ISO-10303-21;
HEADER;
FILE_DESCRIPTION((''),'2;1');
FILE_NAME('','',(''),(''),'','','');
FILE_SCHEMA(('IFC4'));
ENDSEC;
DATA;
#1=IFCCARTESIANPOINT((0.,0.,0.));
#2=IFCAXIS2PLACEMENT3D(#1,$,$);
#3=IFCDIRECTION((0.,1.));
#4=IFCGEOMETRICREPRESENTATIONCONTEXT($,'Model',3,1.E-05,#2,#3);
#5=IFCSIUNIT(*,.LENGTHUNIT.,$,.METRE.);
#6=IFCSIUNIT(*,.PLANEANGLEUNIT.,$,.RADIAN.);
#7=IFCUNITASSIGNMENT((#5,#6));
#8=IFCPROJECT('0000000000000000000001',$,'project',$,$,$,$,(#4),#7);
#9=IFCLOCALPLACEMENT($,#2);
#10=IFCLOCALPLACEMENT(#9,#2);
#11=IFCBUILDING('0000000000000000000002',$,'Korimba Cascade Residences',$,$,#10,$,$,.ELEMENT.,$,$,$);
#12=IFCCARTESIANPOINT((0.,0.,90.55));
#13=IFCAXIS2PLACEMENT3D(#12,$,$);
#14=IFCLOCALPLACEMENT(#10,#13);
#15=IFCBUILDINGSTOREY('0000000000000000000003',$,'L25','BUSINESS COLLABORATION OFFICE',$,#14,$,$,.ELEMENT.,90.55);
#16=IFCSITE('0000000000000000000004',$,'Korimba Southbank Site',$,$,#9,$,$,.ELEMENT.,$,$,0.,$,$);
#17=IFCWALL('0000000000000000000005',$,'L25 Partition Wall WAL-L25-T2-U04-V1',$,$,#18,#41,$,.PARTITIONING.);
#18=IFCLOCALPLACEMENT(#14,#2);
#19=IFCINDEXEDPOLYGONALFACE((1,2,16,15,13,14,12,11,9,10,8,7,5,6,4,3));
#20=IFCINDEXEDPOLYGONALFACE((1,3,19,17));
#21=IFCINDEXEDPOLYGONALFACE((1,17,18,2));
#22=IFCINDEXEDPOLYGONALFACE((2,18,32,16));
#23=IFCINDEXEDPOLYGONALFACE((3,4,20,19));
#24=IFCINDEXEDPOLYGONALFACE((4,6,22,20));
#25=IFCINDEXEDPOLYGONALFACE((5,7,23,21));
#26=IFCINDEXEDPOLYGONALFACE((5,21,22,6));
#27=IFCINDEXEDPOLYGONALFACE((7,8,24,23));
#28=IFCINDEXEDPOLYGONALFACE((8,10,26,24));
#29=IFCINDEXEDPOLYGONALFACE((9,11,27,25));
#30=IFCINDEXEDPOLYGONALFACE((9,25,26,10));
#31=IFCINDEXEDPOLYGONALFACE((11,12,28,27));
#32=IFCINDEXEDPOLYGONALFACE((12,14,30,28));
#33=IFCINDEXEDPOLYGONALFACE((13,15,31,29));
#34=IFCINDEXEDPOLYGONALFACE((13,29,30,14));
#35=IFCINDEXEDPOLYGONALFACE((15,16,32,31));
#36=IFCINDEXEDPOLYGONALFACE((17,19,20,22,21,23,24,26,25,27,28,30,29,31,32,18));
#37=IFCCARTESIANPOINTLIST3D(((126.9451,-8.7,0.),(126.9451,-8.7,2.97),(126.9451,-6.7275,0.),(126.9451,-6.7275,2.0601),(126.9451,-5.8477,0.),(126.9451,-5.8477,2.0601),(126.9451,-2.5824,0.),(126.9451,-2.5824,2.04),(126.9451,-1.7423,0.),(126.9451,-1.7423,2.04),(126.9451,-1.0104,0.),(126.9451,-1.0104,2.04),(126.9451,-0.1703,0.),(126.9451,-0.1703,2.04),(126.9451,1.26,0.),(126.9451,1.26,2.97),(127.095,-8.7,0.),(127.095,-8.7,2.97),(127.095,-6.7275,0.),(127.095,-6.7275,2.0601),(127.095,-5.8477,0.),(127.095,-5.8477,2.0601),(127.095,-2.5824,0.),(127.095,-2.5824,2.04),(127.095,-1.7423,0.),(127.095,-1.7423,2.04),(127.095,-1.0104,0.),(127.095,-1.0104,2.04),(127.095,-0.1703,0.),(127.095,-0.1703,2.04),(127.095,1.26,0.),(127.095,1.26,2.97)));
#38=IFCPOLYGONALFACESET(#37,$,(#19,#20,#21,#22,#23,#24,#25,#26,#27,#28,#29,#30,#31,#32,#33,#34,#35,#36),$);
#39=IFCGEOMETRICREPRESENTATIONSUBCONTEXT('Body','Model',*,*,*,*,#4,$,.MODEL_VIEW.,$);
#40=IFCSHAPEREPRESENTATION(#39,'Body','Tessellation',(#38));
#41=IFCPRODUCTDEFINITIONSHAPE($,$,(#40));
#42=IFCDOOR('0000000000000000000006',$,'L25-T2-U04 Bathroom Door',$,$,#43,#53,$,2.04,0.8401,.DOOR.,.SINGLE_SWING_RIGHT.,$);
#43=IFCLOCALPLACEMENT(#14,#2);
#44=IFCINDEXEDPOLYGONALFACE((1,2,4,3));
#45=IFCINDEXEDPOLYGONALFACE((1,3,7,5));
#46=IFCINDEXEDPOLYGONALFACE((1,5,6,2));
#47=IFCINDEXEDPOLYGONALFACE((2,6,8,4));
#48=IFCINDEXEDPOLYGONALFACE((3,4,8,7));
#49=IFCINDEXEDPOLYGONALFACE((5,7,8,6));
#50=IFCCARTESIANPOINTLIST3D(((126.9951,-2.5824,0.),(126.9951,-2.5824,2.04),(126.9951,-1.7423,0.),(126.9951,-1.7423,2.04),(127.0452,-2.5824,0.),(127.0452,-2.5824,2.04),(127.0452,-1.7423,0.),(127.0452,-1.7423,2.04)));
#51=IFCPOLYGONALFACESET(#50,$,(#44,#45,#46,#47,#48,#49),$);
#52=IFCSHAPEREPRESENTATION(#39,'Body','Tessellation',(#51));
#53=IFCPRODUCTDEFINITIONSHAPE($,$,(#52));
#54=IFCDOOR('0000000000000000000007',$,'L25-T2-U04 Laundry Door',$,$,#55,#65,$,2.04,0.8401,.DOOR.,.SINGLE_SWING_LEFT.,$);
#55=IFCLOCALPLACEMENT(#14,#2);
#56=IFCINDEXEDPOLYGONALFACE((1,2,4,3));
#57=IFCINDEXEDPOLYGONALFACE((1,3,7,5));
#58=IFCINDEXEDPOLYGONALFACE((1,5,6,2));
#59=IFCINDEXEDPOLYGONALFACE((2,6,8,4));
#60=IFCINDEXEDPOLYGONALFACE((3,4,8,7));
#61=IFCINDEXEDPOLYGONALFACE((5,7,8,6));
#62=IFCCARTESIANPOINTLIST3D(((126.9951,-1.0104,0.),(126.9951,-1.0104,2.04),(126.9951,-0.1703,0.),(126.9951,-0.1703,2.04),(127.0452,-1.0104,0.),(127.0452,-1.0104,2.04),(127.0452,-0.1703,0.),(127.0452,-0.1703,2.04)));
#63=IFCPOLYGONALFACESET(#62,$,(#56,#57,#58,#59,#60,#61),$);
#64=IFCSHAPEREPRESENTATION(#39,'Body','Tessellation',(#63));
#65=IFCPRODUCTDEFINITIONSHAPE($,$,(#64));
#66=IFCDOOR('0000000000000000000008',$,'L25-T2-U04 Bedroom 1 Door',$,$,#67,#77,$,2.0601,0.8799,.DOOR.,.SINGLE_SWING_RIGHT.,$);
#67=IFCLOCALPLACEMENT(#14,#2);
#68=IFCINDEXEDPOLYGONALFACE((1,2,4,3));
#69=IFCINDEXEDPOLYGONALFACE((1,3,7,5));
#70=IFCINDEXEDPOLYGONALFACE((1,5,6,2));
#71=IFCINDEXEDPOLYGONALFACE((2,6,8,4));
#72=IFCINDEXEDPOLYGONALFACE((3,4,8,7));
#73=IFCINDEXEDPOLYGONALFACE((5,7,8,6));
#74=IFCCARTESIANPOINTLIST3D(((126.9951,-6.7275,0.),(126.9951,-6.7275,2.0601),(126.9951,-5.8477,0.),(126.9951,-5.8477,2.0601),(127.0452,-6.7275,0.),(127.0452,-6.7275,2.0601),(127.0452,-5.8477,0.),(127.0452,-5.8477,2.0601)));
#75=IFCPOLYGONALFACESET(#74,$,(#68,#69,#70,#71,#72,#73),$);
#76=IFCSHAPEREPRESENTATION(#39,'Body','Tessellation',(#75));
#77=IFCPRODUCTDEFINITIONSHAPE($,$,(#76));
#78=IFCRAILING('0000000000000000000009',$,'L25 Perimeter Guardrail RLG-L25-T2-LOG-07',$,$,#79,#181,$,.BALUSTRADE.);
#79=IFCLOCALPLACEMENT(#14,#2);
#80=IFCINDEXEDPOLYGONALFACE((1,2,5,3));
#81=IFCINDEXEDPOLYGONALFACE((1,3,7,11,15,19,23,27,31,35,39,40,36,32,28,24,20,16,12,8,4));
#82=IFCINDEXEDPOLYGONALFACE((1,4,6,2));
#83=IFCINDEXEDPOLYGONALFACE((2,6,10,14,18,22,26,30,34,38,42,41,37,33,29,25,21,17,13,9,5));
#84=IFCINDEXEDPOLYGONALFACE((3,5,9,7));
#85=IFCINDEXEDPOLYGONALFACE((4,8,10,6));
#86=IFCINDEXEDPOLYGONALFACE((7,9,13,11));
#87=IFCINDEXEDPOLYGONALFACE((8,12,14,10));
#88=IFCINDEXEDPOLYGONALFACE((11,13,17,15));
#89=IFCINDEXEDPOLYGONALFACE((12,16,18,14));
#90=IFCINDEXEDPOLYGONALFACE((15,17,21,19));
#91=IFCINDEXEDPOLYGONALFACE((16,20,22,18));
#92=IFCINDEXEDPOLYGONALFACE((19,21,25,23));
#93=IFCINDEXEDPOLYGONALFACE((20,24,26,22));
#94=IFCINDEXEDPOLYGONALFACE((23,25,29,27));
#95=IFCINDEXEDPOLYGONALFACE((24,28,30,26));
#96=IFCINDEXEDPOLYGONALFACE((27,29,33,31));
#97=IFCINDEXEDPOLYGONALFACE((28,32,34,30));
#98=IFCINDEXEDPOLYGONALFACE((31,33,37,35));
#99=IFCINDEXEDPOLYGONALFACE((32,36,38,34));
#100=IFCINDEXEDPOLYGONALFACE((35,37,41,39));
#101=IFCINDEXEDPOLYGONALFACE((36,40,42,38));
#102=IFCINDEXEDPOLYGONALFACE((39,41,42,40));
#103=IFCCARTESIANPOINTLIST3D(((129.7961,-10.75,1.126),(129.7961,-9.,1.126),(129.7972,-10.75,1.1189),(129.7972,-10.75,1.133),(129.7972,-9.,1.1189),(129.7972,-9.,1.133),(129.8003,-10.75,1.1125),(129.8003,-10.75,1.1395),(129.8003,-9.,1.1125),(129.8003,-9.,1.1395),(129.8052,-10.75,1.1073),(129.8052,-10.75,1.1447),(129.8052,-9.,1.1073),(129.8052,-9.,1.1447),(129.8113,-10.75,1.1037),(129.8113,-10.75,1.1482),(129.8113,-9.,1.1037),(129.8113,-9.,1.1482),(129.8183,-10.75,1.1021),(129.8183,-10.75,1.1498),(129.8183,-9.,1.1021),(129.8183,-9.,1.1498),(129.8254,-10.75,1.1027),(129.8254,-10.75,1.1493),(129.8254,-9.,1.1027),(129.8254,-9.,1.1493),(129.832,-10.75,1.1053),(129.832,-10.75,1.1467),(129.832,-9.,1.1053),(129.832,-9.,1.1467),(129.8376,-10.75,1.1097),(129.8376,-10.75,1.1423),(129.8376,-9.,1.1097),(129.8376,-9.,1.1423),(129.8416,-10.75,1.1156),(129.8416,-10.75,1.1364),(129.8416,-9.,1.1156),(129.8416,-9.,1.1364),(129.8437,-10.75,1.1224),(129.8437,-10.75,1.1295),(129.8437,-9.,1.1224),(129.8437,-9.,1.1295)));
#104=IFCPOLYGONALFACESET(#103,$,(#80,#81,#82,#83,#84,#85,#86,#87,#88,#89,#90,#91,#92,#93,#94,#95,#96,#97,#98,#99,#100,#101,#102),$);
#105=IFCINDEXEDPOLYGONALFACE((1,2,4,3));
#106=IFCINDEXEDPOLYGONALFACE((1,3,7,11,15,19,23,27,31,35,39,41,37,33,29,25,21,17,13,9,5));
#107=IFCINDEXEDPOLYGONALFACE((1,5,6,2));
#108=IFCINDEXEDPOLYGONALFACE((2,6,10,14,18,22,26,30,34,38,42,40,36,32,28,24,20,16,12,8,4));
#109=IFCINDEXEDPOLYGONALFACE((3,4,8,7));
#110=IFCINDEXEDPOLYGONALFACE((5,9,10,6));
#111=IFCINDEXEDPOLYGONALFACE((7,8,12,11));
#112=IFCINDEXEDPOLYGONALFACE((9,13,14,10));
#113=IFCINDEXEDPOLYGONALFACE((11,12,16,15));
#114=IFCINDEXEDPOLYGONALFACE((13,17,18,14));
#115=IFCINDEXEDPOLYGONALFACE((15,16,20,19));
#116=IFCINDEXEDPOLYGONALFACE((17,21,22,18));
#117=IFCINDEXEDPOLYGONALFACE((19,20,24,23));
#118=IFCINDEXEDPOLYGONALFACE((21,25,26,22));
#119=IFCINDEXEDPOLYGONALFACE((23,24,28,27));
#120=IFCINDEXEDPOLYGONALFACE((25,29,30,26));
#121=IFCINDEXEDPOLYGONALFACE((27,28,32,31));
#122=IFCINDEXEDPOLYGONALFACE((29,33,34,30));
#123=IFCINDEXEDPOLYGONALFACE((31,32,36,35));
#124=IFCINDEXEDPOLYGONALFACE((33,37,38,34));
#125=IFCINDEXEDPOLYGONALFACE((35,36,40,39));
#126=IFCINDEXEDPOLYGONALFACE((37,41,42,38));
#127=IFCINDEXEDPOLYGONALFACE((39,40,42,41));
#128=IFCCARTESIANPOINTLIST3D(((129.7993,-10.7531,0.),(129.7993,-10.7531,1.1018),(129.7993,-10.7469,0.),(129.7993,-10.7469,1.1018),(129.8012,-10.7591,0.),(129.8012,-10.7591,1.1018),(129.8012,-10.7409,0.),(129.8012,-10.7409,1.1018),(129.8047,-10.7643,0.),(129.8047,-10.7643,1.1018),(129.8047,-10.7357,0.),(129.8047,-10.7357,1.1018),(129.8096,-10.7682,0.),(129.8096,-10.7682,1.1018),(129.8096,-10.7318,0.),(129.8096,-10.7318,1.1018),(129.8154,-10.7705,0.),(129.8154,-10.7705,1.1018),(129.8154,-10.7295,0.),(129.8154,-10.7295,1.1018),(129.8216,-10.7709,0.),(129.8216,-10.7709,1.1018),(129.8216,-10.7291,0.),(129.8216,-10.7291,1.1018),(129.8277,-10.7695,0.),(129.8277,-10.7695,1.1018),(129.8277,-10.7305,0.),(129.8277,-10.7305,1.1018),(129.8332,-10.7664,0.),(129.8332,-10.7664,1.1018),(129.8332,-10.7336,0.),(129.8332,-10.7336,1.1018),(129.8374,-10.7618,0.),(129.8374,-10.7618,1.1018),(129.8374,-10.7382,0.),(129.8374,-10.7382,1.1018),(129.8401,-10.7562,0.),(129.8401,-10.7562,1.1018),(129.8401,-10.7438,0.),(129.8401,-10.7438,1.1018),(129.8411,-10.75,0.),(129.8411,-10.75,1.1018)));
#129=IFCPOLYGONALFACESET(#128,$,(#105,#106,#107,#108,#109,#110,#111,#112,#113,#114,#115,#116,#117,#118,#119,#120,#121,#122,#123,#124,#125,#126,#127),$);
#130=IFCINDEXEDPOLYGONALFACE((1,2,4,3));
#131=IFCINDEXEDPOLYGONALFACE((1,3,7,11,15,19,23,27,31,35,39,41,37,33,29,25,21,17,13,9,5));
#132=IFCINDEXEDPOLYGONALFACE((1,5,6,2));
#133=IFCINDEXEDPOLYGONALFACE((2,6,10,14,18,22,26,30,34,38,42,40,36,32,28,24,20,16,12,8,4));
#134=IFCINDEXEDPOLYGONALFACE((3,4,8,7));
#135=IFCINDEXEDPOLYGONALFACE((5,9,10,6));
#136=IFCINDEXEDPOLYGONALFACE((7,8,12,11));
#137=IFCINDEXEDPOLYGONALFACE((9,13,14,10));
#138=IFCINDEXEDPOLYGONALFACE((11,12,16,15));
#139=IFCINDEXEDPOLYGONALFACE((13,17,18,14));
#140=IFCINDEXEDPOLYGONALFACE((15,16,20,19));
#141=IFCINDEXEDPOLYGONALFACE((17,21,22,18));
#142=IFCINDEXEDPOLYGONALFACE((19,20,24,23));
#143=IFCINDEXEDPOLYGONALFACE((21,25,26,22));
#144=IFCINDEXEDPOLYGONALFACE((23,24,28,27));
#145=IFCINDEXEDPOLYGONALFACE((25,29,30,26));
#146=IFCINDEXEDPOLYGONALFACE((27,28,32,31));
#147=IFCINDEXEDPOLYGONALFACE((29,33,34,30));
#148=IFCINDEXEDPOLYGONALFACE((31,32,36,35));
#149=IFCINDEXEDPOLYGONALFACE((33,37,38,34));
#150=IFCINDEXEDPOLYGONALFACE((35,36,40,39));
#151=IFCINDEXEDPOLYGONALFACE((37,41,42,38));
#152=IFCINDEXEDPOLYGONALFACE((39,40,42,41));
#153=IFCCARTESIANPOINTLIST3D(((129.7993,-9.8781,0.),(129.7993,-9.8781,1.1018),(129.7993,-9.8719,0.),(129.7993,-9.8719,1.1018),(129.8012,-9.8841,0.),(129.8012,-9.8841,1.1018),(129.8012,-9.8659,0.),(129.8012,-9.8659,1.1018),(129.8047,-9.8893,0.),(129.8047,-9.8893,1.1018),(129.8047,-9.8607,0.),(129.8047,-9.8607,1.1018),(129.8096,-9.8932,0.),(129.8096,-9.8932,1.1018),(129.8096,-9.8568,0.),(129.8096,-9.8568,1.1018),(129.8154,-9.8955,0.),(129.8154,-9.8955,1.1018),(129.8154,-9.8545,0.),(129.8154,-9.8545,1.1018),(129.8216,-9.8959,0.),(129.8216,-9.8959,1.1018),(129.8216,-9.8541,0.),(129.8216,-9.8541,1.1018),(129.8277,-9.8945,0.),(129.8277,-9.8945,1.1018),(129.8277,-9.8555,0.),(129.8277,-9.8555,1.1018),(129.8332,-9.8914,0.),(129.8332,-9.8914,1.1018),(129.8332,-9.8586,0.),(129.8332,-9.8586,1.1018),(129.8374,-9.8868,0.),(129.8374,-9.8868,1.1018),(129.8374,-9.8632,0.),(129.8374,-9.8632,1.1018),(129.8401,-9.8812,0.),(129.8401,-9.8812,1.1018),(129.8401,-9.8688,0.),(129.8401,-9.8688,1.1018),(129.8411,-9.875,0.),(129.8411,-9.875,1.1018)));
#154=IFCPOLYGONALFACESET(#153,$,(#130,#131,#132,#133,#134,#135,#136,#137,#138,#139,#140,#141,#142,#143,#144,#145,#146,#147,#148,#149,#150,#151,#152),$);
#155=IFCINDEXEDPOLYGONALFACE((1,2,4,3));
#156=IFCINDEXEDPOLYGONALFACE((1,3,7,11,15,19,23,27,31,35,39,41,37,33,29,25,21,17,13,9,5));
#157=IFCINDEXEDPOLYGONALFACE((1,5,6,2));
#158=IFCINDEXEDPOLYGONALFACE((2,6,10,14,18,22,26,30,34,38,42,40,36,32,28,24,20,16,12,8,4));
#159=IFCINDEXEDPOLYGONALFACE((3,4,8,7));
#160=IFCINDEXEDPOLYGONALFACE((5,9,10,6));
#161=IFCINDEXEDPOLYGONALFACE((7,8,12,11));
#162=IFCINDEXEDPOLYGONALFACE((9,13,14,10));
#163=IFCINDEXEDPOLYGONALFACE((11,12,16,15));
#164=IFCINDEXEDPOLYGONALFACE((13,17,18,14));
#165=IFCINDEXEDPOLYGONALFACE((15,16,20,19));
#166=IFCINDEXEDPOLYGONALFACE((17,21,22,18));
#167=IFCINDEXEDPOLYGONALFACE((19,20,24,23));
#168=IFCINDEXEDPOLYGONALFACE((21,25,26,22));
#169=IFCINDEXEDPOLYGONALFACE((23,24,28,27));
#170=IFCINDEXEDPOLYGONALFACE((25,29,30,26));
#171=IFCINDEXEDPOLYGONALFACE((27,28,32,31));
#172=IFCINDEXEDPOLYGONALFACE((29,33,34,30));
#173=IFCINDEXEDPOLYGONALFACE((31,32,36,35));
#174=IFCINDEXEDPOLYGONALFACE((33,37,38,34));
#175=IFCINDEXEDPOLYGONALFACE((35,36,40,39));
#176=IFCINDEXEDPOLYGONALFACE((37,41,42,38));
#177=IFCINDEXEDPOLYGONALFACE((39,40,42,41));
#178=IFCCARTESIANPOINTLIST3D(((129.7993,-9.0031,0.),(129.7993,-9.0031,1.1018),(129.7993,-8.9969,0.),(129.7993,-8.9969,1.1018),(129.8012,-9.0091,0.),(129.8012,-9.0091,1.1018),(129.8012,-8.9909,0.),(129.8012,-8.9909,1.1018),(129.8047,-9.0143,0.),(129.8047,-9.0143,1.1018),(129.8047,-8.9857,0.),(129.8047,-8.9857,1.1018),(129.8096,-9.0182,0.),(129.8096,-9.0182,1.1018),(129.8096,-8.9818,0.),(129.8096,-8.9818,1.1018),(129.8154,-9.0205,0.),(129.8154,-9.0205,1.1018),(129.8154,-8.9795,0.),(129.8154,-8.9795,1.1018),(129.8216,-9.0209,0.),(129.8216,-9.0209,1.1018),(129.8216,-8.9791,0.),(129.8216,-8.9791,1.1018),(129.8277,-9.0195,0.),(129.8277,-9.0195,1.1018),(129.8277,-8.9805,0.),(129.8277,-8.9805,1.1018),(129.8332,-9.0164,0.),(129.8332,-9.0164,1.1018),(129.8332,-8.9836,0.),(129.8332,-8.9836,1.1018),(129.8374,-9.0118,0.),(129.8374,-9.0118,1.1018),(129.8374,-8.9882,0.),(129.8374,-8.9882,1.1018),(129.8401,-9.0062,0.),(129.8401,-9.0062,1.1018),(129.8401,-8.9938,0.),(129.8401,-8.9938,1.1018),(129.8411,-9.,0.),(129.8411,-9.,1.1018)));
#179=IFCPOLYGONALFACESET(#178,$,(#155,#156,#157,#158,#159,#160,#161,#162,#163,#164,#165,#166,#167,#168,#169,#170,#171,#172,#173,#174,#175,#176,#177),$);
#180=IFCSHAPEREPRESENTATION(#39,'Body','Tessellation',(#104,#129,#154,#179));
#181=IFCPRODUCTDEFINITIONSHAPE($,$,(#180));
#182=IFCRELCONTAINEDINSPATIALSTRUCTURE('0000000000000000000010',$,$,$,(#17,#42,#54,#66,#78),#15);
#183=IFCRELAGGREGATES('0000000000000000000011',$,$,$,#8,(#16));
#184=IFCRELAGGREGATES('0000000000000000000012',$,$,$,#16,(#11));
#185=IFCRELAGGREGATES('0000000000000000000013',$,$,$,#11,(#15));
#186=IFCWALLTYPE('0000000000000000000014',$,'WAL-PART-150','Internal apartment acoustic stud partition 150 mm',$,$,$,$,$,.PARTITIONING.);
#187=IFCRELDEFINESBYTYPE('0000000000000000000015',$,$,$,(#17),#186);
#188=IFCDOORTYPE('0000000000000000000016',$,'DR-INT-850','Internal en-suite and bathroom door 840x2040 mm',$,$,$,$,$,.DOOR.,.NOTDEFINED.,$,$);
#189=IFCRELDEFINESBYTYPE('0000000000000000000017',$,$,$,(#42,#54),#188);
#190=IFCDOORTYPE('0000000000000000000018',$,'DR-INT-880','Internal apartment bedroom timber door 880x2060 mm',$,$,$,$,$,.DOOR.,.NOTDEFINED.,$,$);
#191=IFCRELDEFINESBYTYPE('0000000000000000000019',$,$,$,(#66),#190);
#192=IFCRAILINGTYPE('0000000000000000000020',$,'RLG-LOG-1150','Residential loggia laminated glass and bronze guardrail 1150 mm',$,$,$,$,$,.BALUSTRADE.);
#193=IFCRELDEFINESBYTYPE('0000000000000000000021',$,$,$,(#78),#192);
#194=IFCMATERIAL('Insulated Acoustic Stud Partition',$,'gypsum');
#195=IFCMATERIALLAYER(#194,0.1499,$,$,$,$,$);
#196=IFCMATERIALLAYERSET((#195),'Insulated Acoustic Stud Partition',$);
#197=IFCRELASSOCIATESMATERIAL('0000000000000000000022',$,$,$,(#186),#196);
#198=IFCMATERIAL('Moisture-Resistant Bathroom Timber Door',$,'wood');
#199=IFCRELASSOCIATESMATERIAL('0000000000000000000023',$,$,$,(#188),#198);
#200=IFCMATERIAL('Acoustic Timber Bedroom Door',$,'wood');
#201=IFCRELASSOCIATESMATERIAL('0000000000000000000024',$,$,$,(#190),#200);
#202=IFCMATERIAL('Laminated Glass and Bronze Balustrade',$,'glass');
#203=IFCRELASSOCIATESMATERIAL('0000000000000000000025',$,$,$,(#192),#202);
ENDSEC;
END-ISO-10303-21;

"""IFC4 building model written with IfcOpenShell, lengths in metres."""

from ifc_helpers import new_model, si_unit, direction, frame, frame_2d, origin, origin_2d, place, context, subcontext, project, spatial, rectangle, circle, extrude, material, layer, layer_set, type_object, element, fill, save


model = new_model("IFC4")

# Units and contexts
model_context = context("Model", 3, precision=1e-05, world=origin(), true_north=direction((0.0, 1.0)))
body_context = subcontext(model_context, "Body", "Model", "MODEL_VIEW")
ifc_project = project(units=[si_unit("LENGTHUNIT", "METRE"), si_unit("PLANEANGLEUNIT", "RADIAN")], contexts=[model_context])

# Site, building, storey
site_placement = place(None, origin())
site = spatial("IfcSite", under=ifc_project, at=site_placement, Name="Korimba Southbank Site", CompositionType="ELEMENT", RefElevation=0.0)
building_placement = place(site_placement, origin())
building = spatial("IfcBuilding", under=site, at=building_placement, Name="Korimba Cascade Residences", CompositionType="ELEMENT")
storey_placement = place(building_placement, frame((0.0, 0.0, 90.55)))
storey = spatial("IfcBuildingStorey", under=building, at=storey_placement, Name="L25", Description="BUSINESS COLLABORATION OFFICE", CompositionType="ELEMENT", Elevation=90.55)

# Wall, openings, doors
ifc_material_1 = material(Name="Insulated Acoustic Stud Partition", Category="gypsum")
ifc_layer_1 = layer(ifc_material_1, 0.1499)
ifc_layer_set_1 = layer_set([ifc_layer_1], Name="Insulated Acoustic Stud Partition")
wall_type_1 = type_object("IfcWallType", Name="WAL-PART-150", Description="Internal apartment acoustic stud partition 150 mm", PredefinedType="PARTITIONING", material=ifc_layer_set_1)
wall_1_placement = place(storey_placement, frame((127.02, -8.7, 0.0), z_axis=(0.0, 0.0, 1.0), x_axis=(0.0, 1.0, 0.0)))
wall_1 = element("IfcWall", 1, at=wall_1_placement, inside=storey, type_object=wall_type_1, Name="L25 Partition Wall WAL-L25-T2-U04-V1", PredefinedType="PARTITIONING", context=body_context, shape_type="SweptSolid", body=[
    extrude(rectangle(XDim=9.96, YDim=0.1499, at=frame_2d((4.98, 0.0))), origin(), (0.0, 0.0, 1.0), 2.97),
])
opening_1_placement = place(wall_1_placement, frame((6.1177, 0.0, 0.0)))
opening_1 = element("IfcOpeningElement", 2, at=opening_1_placement, cuts=wall_1, PredefinedType="OPENING", context=body_context, shape_type="SweptSolid", body=[
    extrude(rectangle(XDim=0.8401, YDim=2.04, at=frame_2d((0.4199, 1.02))), frame((0.0, 0.085, 0.0), z_axis=(0.0, -1.0, 0.0), x_axis=(1.0, 0.0, 0.0)), (0.0, 0.0, 1.0), 0.1699),
])
opening_2_placement = place(wall_1_placement, frame((7.6897, 0.0, 0.0)))
opening_2 = element("IfcOpeningElement", 3, at=opening_2_placement, cuts=wall_1, PredefinedType="OPENING", context=body_context, shape_type="SweptSolid", body=[
    extrude(rectangle(XDim=0.8401, YDim=2.04, at=frame_2d((0.4199, 1.02))), frame((0.0, 0.085, 0.0), z_axis=(0.0, -1.0, 0.0), x_axis=(1.0, 0.0, 0.0)), (0.0, 0.0, 1.0), 0.1699),
])
opening_3_placement = place(wall_1_placement, frame((1.9724, 0.0, 0.0)))
opening_3 = element("IfcOpeningElement", 4, at=opening_3_placement, cuts=wall_1, PredefinedType="OPENING", context=body_context, shape_type="SweptSolid", body=[
    extrude(rectangle(XDim=0.8799, YDim=2.0601, at=frame_2d((0.4399, 1.03))), frame((0.0, 0.085, 0.0), z_axis=(0.0, -1.0, 0.0), x_axis=(1.0, 0.0, 0.0)), (0.0, 0.0, 1.0), 0.1699),
])
ifc_material_2 = material(Name="Moisture-Resistant Bathroom Timber Door", Category="wood")
door_type_1 = type_object("IfcDoorType", Name="DR-INT-850", Description="Internal en-suite and bathroom door 840x2040 mm", OperationType="NOTDEFINED", PredefinedType="DOOR", material=ifc_material_2)
door_1_placement = place(opening_1_placement, origin())
door_1 = element("IfcDoor", 5, at=door_1_placement, inside=storey, type_object=door_type_1, Name="L25-T2-U04 Bathroom Door", OperationType="SINGLE_SWING_RIGHT", OverallHeight=2.04, OverallWidth=0.8401, PredefinedType="DOOR", context=body_context, shape_type="SweptSolid", body=[
    extrude(rectangle(XDim=0.8401, YDim=2.04, at=frame_2d((0.4199, 1.02))), frame((0.0, 0.0249, 0.0), z_axis=(0.0, -1.0, 0.0), x_axis=(1.0, 0.0, 0.0)), (0.0, 0.0, 1.0), 0.05),
])
fill(opening_1, door_1)
door_2_placement = place(opening_2_placement, origin())
door_2 = element("IfcDoor", 6, at=door_2_placement, inside=storey, type_object=door_type_1, Name="L25-T2-U04 Laundry Door", OperationType="SINGLE_SWING_LEFT", OverallHeight=2.04, OverallWidth=0.8401, PredefinedType="DOOR", context=body_context, shape_type="SweptSolid", body=[
    extrude(rectangle(XDim=0.8401, YDim=2.04, at=frame_2d((0.4199, 1.02))), frame((0.0, 0.0249, 0.0), z_axis=(0.0, -1.0, 0.0), x_axis=(1.0, 0.0, 0.0)), (0.0, 0.0, 1.0), 0.05),
])
fill(opening_2, door_2)
ifc_material_3 = material(Name="Acoustic Timber Bedroom Door", Category="wood")
door_type_2 = type_object("IfcDoorType", Name="DR-INT-880", Description="Internal apartment bedroom timber door 880x2060 mm", OperationType="NOTDEFINED", PredefinedType="DOOR", material=ifc_material_3)
door_3_placement = place(opening_3_placement, origin())
door_3 = element("IfcDoor", 7, at=door_3_placement, inside=storey, type_object=door_type_2, Name="L25-T2-U04 Bedroom 1 Door", OperationType="SINGLE_SWING_RIGHT", OverallHeight=2.0601, OverallWidth=0.8799, PredefinedType="DOOR", context=body_context, shape_type="SweptSolid", body=[
    extrude(rectangle(XDim=0.8799, YDim=2.0601, at=frame_2d((0.4399, 1.03))), frame((0.0, 0.0249, 0.0), z_axis=(0.0, -1.0, 0.0), x_axis=(1.0, 0.0, 0.0)), (0.0, 0.0, 1.0), 0.05),
])
fill(opening_3, door_3)

# Railing
ifc_material_4 = material(Name="Laminated Glass and Bronze Balustrade", Category="glass")
railing_type = type_object("IfcRailingType", Name="RLG-LOG-1150", Description="Residential loggia laminated glass and bronze guardrail 1150 mm", PredefinedType="BALUSTRADE", material=ifc_material_4)
railing_1_placement = place(storey_placement, frame((129.8201, -10.75, 0.0)))
element("IfcRailing", 8, at=railing_1_placement, inside=storey, type_object=railing_type, Name="L25 Perimeter Guardrail RLG-L25-T2-LOG-07", PredefinedType="BALUSTRADE", context=body_context, shape_type="SweptSolid", body=[
    extrude(circle(Radius=0.0239, at=origin_2d()), frame((0.0, 0.0, 1.126), z_axis=(0.0, 1.0, 0.0), x_axis=(-1.0, 0.0, 0.0)), (0.0, 0.0, 1.0), 1.75),
    extrude(circle(Radius=0.021, at=origin_2d()), origin(), (0.0, 0.0, 1.0), 1.1018),
    extrude(circle(Radius=0.021, at=origin_2d()), frame((0.0, 0.875, 0.0)), (0.0, 0.0, 1.0), 1.1018),
    extrude(circle(Radius=0.021, at=origin_2d()), frame((0.0, 1.75, 0.0)), (0.0, 0.0, 1.0), 1.1018),
])

save(model, "model.ifc")
